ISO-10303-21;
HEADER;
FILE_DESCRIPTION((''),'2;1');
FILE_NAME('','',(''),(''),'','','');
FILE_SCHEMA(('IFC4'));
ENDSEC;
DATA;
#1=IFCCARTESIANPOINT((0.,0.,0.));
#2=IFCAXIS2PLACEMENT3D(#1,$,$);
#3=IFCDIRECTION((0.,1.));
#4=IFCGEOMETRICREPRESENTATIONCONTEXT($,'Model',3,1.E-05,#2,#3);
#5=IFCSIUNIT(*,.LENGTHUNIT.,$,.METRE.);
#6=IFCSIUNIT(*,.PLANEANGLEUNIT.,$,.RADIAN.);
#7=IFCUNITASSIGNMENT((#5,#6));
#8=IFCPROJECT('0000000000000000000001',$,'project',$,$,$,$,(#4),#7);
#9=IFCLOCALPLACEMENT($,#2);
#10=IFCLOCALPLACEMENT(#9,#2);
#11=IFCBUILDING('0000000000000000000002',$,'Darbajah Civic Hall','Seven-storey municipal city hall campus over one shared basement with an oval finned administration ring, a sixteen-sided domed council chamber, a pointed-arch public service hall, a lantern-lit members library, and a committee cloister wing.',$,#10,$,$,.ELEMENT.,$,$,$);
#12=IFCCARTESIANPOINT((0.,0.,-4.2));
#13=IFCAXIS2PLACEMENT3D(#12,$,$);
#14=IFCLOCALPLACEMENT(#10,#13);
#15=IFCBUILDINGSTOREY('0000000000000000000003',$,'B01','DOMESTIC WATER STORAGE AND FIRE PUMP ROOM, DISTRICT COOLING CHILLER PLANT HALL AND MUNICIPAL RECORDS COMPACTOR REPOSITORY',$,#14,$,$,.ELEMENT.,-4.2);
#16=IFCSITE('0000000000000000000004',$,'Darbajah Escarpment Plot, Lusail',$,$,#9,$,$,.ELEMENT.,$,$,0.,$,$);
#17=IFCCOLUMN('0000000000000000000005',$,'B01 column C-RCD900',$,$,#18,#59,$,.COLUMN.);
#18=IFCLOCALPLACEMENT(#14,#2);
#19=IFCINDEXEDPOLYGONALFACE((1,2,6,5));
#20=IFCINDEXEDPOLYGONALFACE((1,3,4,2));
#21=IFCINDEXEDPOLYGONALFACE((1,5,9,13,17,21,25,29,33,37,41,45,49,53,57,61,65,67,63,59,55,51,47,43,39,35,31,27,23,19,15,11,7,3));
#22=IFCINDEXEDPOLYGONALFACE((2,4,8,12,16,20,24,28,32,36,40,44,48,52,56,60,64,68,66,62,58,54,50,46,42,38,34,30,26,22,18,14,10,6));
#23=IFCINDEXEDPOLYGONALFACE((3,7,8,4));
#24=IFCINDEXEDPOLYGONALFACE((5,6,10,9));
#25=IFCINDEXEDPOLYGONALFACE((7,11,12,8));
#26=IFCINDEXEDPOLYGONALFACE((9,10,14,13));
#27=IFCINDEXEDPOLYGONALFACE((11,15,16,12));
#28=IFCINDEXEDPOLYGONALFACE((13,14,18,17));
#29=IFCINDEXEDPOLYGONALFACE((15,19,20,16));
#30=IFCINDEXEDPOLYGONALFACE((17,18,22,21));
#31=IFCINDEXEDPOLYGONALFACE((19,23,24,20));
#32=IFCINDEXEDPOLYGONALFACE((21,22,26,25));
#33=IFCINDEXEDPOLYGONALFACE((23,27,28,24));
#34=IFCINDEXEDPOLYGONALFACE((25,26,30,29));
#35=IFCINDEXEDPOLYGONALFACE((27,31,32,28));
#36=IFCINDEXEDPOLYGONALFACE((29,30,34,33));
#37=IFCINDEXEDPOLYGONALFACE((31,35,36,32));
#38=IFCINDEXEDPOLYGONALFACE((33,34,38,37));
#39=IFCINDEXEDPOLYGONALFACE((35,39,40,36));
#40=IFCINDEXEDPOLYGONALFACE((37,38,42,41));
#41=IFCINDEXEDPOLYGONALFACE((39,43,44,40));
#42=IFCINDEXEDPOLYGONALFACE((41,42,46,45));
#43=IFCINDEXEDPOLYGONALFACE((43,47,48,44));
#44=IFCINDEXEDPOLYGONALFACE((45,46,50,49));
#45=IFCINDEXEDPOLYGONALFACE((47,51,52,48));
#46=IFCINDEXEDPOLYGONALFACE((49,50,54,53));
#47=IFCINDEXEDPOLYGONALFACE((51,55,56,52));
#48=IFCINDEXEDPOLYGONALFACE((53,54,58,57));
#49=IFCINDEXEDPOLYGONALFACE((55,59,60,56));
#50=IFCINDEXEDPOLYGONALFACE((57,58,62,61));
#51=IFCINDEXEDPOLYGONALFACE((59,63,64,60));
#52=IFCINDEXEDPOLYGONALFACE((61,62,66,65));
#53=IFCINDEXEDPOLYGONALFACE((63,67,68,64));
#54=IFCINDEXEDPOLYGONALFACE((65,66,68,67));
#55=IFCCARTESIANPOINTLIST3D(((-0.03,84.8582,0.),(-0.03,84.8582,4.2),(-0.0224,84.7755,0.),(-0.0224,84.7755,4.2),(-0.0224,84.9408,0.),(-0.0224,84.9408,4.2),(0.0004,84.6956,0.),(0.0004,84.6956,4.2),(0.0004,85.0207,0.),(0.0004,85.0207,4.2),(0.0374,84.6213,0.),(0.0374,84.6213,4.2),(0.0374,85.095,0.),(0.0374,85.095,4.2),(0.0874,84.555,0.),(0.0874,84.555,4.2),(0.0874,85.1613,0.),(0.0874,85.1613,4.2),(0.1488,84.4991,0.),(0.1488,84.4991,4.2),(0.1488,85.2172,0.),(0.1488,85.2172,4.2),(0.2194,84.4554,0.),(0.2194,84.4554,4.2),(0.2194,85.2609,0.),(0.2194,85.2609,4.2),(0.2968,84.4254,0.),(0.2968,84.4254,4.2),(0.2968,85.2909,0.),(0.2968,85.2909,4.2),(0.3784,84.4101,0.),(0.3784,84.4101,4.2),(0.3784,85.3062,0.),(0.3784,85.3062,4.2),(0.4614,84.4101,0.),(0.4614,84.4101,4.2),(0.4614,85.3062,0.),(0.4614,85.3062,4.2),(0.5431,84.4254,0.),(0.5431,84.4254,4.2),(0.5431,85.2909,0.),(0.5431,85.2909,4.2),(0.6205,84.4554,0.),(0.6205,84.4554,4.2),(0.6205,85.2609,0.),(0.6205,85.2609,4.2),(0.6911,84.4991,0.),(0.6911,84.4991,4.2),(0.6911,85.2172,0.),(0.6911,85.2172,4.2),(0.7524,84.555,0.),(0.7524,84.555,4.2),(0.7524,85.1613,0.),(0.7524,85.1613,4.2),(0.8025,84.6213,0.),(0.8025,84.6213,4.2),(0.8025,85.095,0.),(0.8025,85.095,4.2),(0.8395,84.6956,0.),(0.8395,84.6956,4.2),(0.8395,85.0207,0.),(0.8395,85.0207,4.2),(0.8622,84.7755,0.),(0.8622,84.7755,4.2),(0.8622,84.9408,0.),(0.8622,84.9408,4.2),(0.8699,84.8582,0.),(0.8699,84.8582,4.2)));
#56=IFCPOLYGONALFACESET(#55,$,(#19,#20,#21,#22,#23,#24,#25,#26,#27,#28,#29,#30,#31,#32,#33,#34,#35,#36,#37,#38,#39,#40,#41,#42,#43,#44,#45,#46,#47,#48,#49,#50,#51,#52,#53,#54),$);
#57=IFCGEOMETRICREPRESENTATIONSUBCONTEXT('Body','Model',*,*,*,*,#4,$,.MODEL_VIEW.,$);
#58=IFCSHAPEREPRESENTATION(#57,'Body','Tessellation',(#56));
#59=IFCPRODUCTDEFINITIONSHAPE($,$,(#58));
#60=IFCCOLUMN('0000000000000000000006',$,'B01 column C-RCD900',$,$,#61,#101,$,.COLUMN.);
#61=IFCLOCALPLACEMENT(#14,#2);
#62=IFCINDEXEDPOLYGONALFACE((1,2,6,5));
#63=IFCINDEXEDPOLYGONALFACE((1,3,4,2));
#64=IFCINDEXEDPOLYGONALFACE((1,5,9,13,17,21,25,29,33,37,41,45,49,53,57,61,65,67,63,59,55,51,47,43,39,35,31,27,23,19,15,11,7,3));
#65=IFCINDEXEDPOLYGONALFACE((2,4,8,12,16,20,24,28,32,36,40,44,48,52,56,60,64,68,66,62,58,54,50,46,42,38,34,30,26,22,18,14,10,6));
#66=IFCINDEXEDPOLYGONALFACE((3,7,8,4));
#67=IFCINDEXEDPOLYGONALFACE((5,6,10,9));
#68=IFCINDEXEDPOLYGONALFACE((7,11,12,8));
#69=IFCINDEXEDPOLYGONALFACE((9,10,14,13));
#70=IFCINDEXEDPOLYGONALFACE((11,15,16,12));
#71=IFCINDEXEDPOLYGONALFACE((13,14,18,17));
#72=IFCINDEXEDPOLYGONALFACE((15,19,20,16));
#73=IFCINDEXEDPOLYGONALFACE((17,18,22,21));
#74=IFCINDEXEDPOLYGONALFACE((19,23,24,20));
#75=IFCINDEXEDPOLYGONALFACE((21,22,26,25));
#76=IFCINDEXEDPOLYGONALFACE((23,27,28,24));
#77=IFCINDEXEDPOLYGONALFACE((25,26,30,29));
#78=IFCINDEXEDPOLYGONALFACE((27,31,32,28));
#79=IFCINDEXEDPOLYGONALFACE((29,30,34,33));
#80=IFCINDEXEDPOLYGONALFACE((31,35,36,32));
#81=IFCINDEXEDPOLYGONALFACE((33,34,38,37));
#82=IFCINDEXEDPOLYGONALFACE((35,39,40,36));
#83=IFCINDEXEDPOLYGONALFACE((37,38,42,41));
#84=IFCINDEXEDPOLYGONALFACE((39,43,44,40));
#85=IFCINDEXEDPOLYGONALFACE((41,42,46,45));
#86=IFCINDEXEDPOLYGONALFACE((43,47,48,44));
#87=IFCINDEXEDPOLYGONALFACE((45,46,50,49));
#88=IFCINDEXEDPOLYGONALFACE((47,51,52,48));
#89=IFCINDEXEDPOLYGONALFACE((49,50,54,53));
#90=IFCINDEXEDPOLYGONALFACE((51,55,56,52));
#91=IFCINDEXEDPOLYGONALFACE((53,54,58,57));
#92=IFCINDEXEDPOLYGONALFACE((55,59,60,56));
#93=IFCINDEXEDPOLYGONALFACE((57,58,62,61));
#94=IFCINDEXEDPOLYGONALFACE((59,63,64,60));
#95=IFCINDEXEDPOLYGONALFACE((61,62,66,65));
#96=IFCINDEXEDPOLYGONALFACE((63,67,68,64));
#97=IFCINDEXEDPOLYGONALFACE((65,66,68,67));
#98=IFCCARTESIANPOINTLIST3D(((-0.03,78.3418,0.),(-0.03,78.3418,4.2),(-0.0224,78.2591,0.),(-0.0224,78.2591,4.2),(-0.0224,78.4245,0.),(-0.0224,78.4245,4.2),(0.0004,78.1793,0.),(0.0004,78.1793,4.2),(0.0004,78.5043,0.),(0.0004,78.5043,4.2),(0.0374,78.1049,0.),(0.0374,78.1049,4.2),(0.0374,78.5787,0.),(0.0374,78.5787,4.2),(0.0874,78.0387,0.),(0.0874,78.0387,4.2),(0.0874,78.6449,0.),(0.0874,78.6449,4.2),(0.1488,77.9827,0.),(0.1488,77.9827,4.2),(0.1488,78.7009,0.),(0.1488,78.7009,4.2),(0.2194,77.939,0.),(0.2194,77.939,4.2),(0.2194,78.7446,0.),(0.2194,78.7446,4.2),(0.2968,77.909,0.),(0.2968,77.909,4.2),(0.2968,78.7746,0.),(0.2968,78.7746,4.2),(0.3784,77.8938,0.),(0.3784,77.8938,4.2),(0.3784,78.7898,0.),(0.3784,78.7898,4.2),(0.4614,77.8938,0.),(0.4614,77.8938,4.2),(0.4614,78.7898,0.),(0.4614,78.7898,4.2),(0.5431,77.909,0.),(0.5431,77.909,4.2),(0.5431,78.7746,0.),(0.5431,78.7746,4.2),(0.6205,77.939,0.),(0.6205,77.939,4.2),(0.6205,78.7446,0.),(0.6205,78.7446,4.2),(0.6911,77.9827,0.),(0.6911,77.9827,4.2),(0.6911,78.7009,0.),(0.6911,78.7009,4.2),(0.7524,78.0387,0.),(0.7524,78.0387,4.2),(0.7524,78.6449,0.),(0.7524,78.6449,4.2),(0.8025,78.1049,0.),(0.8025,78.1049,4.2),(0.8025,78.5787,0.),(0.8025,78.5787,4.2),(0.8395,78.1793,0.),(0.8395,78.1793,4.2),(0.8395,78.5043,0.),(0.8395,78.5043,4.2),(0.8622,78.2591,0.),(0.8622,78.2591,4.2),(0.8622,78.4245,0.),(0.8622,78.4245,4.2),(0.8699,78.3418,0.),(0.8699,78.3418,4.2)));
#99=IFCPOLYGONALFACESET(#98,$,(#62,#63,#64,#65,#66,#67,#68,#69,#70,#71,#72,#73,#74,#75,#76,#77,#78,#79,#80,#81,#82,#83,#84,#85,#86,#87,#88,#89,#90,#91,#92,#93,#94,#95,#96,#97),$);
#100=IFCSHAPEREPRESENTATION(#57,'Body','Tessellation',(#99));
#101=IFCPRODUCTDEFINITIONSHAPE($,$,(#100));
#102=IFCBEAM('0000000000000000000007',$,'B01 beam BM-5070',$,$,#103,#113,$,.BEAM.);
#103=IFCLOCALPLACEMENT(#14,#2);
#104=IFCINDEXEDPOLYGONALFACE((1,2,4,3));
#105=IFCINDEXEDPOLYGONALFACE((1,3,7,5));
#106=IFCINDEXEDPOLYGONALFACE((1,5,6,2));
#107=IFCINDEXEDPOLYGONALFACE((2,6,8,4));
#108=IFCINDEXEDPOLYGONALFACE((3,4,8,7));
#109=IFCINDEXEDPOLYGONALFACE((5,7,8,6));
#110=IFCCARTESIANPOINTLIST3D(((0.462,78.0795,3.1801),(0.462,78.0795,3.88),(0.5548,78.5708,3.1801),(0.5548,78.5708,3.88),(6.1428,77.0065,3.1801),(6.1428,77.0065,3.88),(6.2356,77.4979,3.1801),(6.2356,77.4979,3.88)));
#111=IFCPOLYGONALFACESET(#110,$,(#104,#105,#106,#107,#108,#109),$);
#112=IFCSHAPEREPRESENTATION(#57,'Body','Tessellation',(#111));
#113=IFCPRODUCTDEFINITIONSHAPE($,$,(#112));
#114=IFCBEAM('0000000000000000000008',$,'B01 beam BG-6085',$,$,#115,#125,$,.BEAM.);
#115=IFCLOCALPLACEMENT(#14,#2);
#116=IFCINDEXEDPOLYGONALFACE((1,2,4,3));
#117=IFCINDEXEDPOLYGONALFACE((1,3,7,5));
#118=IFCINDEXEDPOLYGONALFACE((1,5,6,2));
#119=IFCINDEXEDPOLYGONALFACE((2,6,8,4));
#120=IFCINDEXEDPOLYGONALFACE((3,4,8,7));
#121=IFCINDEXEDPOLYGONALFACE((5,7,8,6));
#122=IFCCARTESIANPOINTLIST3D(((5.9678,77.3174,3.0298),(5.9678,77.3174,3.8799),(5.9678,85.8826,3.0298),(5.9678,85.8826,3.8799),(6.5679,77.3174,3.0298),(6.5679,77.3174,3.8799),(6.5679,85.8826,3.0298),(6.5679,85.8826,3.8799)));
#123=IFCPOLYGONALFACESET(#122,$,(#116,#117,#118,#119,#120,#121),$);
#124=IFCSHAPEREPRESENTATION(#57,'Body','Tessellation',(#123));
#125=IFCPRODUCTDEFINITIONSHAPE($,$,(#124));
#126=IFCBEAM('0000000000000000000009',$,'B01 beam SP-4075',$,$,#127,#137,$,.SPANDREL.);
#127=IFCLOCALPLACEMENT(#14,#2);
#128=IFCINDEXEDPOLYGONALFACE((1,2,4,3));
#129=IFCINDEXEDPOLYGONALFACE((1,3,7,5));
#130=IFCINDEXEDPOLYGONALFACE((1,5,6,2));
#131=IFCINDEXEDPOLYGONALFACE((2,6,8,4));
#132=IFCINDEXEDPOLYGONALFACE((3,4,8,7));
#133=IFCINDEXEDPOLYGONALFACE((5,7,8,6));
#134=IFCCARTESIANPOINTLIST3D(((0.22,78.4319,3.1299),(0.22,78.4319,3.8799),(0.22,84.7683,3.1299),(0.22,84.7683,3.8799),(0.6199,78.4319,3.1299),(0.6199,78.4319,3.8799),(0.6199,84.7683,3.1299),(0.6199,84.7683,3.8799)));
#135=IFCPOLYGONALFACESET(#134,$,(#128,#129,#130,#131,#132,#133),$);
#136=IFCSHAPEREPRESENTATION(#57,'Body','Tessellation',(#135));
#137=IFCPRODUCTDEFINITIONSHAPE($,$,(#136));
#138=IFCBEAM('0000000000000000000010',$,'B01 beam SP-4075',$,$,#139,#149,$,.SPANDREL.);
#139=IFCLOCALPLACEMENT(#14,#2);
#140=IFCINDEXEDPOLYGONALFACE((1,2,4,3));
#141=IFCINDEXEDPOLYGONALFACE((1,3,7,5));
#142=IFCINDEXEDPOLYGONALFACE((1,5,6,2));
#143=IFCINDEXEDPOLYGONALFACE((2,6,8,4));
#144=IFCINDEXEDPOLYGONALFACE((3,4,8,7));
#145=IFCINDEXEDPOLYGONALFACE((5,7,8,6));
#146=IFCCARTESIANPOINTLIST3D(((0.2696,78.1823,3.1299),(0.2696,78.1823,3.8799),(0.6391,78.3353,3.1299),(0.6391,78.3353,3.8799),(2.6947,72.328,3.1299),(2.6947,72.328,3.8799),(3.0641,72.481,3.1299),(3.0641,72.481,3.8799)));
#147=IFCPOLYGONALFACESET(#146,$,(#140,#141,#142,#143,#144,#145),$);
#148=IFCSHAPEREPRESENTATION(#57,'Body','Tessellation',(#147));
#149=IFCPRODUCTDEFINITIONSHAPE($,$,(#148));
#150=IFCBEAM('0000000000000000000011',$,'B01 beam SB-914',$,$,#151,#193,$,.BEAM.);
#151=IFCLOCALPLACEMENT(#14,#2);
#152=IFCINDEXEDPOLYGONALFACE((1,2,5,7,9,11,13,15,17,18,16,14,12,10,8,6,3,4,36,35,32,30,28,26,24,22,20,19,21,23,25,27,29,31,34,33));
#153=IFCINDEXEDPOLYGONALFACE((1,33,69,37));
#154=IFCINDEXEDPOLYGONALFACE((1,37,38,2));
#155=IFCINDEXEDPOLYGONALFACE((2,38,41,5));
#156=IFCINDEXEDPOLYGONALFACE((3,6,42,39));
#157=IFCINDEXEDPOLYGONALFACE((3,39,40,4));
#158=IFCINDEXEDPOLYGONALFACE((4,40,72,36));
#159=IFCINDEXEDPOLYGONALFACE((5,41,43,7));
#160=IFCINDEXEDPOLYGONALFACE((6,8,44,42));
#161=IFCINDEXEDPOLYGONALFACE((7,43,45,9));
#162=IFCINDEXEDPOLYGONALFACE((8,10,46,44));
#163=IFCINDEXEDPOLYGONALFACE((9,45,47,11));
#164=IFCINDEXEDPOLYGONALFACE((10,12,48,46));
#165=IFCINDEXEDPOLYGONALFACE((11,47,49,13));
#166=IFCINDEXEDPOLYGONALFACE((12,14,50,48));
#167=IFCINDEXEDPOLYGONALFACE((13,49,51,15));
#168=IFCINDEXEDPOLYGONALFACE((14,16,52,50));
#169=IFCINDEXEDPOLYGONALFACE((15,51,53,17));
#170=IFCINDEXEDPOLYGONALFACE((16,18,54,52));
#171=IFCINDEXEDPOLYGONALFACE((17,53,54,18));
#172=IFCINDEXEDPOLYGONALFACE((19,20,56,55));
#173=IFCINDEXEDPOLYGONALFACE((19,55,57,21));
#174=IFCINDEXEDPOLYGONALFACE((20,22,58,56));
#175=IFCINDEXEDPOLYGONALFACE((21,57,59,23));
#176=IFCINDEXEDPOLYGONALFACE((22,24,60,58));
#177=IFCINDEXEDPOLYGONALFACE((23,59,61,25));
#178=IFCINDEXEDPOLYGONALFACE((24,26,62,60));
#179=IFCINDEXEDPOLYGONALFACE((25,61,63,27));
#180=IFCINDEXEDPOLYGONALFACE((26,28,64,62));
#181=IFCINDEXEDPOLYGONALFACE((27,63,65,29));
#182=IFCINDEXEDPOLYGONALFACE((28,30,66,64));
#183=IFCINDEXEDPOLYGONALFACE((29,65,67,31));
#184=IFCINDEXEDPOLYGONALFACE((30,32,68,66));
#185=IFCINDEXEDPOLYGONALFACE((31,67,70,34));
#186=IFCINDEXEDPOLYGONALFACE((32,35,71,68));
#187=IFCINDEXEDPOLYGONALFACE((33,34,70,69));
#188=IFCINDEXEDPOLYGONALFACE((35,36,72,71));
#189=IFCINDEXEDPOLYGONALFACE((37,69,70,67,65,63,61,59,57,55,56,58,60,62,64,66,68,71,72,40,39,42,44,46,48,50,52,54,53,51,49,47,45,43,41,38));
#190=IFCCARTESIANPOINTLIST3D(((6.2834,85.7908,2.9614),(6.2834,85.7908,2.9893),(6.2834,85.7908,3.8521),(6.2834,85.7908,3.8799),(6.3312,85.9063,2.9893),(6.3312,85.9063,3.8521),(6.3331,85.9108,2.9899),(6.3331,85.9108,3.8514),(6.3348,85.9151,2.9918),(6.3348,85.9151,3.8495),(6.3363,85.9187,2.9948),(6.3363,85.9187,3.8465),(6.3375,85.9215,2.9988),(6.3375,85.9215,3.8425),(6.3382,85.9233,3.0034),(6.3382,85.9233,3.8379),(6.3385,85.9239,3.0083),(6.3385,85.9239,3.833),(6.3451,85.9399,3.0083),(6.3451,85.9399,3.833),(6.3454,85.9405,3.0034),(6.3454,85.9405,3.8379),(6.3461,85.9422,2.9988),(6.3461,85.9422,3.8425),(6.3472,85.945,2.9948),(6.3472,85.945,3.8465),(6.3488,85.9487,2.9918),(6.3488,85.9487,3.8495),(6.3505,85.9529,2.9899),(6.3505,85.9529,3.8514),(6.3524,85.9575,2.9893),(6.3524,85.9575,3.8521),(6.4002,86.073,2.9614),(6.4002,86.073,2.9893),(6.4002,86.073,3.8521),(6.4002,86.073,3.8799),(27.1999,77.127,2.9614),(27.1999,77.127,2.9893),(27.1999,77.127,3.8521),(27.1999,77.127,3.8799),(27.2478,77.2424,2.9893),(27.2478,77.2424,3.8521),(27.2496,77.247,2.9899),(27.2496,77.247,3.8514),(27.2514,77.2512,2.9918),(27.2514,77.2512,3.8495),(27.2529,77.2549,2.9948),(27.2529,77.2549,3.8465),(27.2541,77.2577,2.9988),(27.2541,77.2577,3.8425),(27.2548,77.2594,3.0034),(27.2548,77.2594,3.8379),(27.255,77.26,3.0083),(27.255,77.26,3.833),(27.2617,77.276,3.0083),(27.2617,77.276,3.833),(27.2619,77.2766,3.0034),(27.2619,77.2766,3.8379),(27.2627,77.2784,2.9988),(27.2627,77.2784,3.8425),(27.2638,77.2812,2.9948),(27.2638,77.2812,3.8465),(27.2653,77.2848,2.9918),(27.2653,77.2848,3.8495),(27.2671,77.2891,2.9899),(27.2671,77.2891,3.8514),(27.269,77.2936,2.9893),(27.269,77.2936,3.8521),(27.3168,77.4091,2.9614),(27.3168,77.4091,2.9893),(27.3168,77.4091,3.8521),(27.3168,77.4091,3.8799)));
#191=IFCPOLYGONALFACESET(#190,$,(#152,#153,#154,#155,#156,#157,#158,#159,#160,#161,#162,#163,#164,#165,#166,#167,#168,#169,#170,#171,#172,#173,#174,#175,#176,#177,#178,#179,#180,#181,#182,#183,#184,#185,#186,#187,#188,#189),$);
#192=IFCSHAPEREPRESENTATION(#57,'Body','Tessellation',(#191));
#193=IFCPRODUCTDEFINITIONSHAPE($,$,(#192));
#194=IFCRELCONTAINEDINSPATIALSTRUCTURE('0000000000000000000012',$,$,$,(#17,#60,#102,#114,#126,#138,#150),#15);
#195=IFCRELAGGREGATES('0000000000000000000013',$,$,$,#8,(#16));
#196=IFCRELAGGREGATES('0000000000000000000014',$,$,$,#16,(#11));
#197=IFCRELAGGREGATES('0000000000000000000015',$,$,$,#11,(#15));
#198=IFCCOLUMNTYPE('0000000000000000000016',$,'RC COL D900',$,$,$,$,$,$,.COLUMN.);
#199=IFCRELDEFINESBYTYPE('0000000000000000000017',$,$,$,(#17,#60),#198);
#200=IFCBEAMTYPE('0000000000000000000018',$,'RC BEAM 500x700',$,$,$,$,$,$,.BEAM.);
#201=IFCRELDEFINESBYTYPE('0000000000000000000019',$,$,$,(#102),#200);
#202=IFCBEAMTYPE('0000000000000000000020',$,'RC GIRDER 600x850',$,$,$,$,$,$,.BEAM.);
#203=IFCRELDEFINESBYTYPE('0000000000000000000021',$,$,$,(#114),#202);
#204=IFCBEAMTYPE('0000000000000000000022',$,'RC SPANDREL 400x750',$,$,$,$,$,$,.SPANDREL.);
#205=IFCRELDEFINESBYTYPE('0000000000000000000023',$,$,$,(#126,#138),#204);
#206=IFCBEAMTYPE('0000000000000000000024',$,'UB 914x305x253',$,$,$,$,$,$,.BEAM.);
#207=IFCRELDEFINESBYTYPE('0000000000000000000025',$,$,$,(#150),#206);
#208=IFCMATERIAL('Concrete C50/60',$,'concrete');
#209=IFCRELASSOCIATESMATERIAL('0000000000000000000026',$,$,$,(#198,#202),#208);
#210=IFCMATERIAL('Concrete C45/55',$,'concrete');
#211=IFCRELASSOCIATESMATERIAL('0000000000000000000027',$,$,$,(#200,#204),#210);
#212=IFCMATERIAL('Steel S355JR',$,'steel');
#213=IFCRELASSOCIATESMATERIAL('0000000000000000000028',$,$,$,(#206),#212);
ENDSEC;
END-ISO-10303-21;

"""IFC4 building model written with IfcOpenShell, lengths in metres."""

from ifc_helpers import new_model, si_unit, direction, frame, origin, origin_2d, place, context, subcontext, project, spatial, rectangle, circle, i_section, extrude, material, material_profile, profile_set, type_object, element, save


model = new_model("IFC4")

# Units and contexts
model_context = context("Model", 3, precision=1e-05, world=origin(), true_north=direction((0.0, 1.0)))
body_context = subcontext(model_context, "Body", "Model", "MODEL_VIEW")
ifc_project = project(units=[si_unit("LENGTHUNIT", "METRE"), si_unit("PLANEANGLEUNIT", "RADIAN")], contexts=[model_context])

# Site, building, storey
site_placement = place(None, origin())
site = spatial("IfcSite", under=ifc_project, at=site_placement, Name="Darbajah Escarpment Plot, Lusail", CompositionType="ELEMENT", RefElevation=0.0)
building_placement = place(site_placement, origin())
building = spatial("IfcBuilding", under=site, at=building_placement, Name="Darbajah Civic Hall", Description="Seven-storey municipal city hall campus over one shared basement with an oval finned administration ring, a sixteen-sided domed council chamber, a pointed-arch public service hall, a lantern-lit members library, and a committee cloister wing.", CompositionType="ELEMENT")
storey_placement = place(building_placement, frame((0.0, 0.0, -4.2)))
storey = spatial("IfcBuildingStorey", under=building, at=storey_placement, Name="B01", Description="DOMESTIC WATER STORAGE AND FIRE PUMP ROOM, DISTRICT COOLING CHILLER PLANT HALL AND MUNICIPAL RECORDS COMPACTOR REPOSITORY", CompositionType="ELEMENT", Elevation=-4.2)

# Shared definitions
ifc_material_1 = material(Name="Concrete C45/55", Category="concrete")

# Columns
ifc_material_2 = material(Name="Concrete C50/60", Category="concrete")
ifc_material_profile_1 = material_profile(ifc_material_2, circle(Radius=0.45, at=origin_2d()), Name="RC COL D900")
ifc_profile_set_1 = profile_set([ifc_material_profile_1], Name="Concrete C50/60")
column_type_1 = type_object("IfcColumnType", Name="RC COL D900", PredefinedType="COLUMN", material=ifc_profile_set_1)
for number, where, z_axis, x_axis, name in (
    (1, (0.4199, 84.8582, 0.0), (0.0, 0.0, 1.0), (1.0, 0.0, 0.0), "B01 column C-RCD900"),
    (2, (0.4199, 78.3418, 0.0), (0.0, 0.0, 1.0), (1.0, 0.0, 0.0), "B01 column C-RCD900"),
):
    element("IfcColumn", number, at=place(storey_placement, frame(where, z_axis=z_axis, x_axis=x_axis)), inside=storey, type_object=column_type_1, Name=name, PredefinedType="COLUMN", context=body_context, shape_type="SweptSolid", body=[
        extrude(circle(Radius=0.45, at=origin_2d()), origin(), (0.0, 0.0, 1.0), 4.2),
    ])

# Beams
ifc_material_profile_2 = material_profile(ifc_material_1, rectangle(XDim=0.5, YDim=0.7, at=origin_2d()), Name="RC BEAM 500x700")
ifc_profile_set_2 = profile_set([ifc_material_profile_2], Name="Concrete C45/55")
beam_type_1 = type_object("IfcBeamType", Name="RC BEAM 500x700", PredefinedType="BEAM", material=ifc_profile_set_2)
beam_1_placement = place(storey_placement, frame((6.1892, 77.2522, 3.53), z_axis=(-0.982626, 0.185596, 0.0), x_axis=(-0.185596, -0.982626, 0.0)))
element("IfcBeam", 3, at=beam_1_placement, inside=storey, type_object=beam_type_1, Name="B01 beam BM-5070", PredefinedType="BEAM", context=body_context, shape_type="SweptSolid", body=[
    extrude(rectangle(XDim=0.5, YDim=0.7, at=origin_2d()), origin(), (0.0, 0.0, 1.0), 5.7812),
])
ifc_material_profile_3 = material_profile(ifc_material_2, rectangle(XDim=0.6001, YDim=0.8501, at=origin_2d()), Name="RC GIRDER 600x850")
ifc_profile_set_3 = profile_set([ifc_material_profile_3], Name="Concrete C50/60")
beam_type_2 = type_object("IfcBeamType", Name="RC GIRDER 600x850", PredefinedType="BEAM", material=ifc_profile_set_3)
beam_2_placement = place(storey_placement, frame((6.2678, 85.8826, 3.4548), z_axis=(0.0, -1.0, 0.0), x_axis=(1.0, 0.0, 0.0)))
element("IfcBeam", 4, at=beam_2_placement, inside=storey, type_object=beam_type_2, Name="B01 beam BG-6085", PredefinedType="BEAM", context=body_context, shape_type="SweptSolid", body=[
    extrude(rectangle(XDim=0.6001, YDim=0.8501, at=origin_2d()), origin(), (0.0, 0.0, 1.0), 8.5652),
])
ifc_material_profile_4 = material_profile(ifc_material_1, rectangle(XDim=0.3999, YDim=0.75, at=origin_2d()), Name="RC SPANDREL 400x750")
ifc_profile_set_4 = profile_set([ifc_material_profile_4], Name="Concrete C45/55")
beam_type_3 = type_object("IfcBeamType", Name="RC SPANDREL 400x750", PredefinedType="SPANDREL", material=ifc_profile_set_4)
beam_3_placement = place(storey_placement, frame((0.4199, 84.7683, 3.5049), z_axis=(0.0, -1.0, 0.0), x_axis=(1.0, 0.0, 0.0)))
element("IfcBeam", 5, at=beam_3_placement, inside=storey, type_object=beam_type_3, Name="B01 beam SP-4075", PredefinedType="SPANDREL", context=body_context, shape_type="SweptSolid", body=[
    extrude(rectangle(XDim=0.3999, YDim=0.75, at=origin_2d()), origin(), (0.0, 0.0, 1.0), 6.3364),
])
beam_4_placement = place(storey_placement, frame((0.4543, 78.2588, 3.5049), z_axis=(0.382702, -0.923872, 0.0), x_axis=(0.923872, 0.382702, 0.0)))
element("IfcBeam", 6, at=beam_4_placement, inside=storey, type_object=beam_type_3, Name="B01 beam SP-4075", PredefinedType="SPANDREL", context=body_context, shape_type="SweptSolid", body=[
    extrude(rectangle(XDim=0.3999, YDim=0.75, at=origin_2d()), origin(), (0.0, 0.0, 1.0), 6.3367),
])
ifc_material_3 = material(Name="Steel S355JR", Category="steel")
ifc_material_profile_5 = material_profile(ifc_material_3, i_section(OverallWidth=0.3054, OverallDepth=0.9185, WebThickness=0.0173, FlangeThickness=0.0278, FilletRadius=0.019, at=origin_2d()), Name="UB 914x305x253")
ifc_profile_set_5 = profile_set([ifc_material_profile_5], Name="Steel S355JR")
beam_type_4 = type_object("IfcBeamType", Name="UB 914x305x253", PredefinedType="BEAM", material=ifc_profile_set_5)
beam_5_placement = place(storey_placement, frame((6.3418, 85.9319, 3.4207), z_axis=(0.923881, -0.38268, 0.0), x_axis=(0.38268, 0.923881, 0.0)))
element("IfcBeam", 7, at=beam_5_placement, inside=storey, type_object=beam_type_4, Name="B01 beam SB-914", PredefinedType="BEAM", context=body_context, shape_type="SweptSolid", body=[
    extrude(i_section(OverallWidth=0.3054, OverallDepth=0.9185, WebThickness=0.0173, FlangeThickness=0.0278, FilletRadius=0.019, at=origin_2d()), origin(), (0.0, 0.0, 1.0), 22.6399),
])

save(model, "model.ifc")
